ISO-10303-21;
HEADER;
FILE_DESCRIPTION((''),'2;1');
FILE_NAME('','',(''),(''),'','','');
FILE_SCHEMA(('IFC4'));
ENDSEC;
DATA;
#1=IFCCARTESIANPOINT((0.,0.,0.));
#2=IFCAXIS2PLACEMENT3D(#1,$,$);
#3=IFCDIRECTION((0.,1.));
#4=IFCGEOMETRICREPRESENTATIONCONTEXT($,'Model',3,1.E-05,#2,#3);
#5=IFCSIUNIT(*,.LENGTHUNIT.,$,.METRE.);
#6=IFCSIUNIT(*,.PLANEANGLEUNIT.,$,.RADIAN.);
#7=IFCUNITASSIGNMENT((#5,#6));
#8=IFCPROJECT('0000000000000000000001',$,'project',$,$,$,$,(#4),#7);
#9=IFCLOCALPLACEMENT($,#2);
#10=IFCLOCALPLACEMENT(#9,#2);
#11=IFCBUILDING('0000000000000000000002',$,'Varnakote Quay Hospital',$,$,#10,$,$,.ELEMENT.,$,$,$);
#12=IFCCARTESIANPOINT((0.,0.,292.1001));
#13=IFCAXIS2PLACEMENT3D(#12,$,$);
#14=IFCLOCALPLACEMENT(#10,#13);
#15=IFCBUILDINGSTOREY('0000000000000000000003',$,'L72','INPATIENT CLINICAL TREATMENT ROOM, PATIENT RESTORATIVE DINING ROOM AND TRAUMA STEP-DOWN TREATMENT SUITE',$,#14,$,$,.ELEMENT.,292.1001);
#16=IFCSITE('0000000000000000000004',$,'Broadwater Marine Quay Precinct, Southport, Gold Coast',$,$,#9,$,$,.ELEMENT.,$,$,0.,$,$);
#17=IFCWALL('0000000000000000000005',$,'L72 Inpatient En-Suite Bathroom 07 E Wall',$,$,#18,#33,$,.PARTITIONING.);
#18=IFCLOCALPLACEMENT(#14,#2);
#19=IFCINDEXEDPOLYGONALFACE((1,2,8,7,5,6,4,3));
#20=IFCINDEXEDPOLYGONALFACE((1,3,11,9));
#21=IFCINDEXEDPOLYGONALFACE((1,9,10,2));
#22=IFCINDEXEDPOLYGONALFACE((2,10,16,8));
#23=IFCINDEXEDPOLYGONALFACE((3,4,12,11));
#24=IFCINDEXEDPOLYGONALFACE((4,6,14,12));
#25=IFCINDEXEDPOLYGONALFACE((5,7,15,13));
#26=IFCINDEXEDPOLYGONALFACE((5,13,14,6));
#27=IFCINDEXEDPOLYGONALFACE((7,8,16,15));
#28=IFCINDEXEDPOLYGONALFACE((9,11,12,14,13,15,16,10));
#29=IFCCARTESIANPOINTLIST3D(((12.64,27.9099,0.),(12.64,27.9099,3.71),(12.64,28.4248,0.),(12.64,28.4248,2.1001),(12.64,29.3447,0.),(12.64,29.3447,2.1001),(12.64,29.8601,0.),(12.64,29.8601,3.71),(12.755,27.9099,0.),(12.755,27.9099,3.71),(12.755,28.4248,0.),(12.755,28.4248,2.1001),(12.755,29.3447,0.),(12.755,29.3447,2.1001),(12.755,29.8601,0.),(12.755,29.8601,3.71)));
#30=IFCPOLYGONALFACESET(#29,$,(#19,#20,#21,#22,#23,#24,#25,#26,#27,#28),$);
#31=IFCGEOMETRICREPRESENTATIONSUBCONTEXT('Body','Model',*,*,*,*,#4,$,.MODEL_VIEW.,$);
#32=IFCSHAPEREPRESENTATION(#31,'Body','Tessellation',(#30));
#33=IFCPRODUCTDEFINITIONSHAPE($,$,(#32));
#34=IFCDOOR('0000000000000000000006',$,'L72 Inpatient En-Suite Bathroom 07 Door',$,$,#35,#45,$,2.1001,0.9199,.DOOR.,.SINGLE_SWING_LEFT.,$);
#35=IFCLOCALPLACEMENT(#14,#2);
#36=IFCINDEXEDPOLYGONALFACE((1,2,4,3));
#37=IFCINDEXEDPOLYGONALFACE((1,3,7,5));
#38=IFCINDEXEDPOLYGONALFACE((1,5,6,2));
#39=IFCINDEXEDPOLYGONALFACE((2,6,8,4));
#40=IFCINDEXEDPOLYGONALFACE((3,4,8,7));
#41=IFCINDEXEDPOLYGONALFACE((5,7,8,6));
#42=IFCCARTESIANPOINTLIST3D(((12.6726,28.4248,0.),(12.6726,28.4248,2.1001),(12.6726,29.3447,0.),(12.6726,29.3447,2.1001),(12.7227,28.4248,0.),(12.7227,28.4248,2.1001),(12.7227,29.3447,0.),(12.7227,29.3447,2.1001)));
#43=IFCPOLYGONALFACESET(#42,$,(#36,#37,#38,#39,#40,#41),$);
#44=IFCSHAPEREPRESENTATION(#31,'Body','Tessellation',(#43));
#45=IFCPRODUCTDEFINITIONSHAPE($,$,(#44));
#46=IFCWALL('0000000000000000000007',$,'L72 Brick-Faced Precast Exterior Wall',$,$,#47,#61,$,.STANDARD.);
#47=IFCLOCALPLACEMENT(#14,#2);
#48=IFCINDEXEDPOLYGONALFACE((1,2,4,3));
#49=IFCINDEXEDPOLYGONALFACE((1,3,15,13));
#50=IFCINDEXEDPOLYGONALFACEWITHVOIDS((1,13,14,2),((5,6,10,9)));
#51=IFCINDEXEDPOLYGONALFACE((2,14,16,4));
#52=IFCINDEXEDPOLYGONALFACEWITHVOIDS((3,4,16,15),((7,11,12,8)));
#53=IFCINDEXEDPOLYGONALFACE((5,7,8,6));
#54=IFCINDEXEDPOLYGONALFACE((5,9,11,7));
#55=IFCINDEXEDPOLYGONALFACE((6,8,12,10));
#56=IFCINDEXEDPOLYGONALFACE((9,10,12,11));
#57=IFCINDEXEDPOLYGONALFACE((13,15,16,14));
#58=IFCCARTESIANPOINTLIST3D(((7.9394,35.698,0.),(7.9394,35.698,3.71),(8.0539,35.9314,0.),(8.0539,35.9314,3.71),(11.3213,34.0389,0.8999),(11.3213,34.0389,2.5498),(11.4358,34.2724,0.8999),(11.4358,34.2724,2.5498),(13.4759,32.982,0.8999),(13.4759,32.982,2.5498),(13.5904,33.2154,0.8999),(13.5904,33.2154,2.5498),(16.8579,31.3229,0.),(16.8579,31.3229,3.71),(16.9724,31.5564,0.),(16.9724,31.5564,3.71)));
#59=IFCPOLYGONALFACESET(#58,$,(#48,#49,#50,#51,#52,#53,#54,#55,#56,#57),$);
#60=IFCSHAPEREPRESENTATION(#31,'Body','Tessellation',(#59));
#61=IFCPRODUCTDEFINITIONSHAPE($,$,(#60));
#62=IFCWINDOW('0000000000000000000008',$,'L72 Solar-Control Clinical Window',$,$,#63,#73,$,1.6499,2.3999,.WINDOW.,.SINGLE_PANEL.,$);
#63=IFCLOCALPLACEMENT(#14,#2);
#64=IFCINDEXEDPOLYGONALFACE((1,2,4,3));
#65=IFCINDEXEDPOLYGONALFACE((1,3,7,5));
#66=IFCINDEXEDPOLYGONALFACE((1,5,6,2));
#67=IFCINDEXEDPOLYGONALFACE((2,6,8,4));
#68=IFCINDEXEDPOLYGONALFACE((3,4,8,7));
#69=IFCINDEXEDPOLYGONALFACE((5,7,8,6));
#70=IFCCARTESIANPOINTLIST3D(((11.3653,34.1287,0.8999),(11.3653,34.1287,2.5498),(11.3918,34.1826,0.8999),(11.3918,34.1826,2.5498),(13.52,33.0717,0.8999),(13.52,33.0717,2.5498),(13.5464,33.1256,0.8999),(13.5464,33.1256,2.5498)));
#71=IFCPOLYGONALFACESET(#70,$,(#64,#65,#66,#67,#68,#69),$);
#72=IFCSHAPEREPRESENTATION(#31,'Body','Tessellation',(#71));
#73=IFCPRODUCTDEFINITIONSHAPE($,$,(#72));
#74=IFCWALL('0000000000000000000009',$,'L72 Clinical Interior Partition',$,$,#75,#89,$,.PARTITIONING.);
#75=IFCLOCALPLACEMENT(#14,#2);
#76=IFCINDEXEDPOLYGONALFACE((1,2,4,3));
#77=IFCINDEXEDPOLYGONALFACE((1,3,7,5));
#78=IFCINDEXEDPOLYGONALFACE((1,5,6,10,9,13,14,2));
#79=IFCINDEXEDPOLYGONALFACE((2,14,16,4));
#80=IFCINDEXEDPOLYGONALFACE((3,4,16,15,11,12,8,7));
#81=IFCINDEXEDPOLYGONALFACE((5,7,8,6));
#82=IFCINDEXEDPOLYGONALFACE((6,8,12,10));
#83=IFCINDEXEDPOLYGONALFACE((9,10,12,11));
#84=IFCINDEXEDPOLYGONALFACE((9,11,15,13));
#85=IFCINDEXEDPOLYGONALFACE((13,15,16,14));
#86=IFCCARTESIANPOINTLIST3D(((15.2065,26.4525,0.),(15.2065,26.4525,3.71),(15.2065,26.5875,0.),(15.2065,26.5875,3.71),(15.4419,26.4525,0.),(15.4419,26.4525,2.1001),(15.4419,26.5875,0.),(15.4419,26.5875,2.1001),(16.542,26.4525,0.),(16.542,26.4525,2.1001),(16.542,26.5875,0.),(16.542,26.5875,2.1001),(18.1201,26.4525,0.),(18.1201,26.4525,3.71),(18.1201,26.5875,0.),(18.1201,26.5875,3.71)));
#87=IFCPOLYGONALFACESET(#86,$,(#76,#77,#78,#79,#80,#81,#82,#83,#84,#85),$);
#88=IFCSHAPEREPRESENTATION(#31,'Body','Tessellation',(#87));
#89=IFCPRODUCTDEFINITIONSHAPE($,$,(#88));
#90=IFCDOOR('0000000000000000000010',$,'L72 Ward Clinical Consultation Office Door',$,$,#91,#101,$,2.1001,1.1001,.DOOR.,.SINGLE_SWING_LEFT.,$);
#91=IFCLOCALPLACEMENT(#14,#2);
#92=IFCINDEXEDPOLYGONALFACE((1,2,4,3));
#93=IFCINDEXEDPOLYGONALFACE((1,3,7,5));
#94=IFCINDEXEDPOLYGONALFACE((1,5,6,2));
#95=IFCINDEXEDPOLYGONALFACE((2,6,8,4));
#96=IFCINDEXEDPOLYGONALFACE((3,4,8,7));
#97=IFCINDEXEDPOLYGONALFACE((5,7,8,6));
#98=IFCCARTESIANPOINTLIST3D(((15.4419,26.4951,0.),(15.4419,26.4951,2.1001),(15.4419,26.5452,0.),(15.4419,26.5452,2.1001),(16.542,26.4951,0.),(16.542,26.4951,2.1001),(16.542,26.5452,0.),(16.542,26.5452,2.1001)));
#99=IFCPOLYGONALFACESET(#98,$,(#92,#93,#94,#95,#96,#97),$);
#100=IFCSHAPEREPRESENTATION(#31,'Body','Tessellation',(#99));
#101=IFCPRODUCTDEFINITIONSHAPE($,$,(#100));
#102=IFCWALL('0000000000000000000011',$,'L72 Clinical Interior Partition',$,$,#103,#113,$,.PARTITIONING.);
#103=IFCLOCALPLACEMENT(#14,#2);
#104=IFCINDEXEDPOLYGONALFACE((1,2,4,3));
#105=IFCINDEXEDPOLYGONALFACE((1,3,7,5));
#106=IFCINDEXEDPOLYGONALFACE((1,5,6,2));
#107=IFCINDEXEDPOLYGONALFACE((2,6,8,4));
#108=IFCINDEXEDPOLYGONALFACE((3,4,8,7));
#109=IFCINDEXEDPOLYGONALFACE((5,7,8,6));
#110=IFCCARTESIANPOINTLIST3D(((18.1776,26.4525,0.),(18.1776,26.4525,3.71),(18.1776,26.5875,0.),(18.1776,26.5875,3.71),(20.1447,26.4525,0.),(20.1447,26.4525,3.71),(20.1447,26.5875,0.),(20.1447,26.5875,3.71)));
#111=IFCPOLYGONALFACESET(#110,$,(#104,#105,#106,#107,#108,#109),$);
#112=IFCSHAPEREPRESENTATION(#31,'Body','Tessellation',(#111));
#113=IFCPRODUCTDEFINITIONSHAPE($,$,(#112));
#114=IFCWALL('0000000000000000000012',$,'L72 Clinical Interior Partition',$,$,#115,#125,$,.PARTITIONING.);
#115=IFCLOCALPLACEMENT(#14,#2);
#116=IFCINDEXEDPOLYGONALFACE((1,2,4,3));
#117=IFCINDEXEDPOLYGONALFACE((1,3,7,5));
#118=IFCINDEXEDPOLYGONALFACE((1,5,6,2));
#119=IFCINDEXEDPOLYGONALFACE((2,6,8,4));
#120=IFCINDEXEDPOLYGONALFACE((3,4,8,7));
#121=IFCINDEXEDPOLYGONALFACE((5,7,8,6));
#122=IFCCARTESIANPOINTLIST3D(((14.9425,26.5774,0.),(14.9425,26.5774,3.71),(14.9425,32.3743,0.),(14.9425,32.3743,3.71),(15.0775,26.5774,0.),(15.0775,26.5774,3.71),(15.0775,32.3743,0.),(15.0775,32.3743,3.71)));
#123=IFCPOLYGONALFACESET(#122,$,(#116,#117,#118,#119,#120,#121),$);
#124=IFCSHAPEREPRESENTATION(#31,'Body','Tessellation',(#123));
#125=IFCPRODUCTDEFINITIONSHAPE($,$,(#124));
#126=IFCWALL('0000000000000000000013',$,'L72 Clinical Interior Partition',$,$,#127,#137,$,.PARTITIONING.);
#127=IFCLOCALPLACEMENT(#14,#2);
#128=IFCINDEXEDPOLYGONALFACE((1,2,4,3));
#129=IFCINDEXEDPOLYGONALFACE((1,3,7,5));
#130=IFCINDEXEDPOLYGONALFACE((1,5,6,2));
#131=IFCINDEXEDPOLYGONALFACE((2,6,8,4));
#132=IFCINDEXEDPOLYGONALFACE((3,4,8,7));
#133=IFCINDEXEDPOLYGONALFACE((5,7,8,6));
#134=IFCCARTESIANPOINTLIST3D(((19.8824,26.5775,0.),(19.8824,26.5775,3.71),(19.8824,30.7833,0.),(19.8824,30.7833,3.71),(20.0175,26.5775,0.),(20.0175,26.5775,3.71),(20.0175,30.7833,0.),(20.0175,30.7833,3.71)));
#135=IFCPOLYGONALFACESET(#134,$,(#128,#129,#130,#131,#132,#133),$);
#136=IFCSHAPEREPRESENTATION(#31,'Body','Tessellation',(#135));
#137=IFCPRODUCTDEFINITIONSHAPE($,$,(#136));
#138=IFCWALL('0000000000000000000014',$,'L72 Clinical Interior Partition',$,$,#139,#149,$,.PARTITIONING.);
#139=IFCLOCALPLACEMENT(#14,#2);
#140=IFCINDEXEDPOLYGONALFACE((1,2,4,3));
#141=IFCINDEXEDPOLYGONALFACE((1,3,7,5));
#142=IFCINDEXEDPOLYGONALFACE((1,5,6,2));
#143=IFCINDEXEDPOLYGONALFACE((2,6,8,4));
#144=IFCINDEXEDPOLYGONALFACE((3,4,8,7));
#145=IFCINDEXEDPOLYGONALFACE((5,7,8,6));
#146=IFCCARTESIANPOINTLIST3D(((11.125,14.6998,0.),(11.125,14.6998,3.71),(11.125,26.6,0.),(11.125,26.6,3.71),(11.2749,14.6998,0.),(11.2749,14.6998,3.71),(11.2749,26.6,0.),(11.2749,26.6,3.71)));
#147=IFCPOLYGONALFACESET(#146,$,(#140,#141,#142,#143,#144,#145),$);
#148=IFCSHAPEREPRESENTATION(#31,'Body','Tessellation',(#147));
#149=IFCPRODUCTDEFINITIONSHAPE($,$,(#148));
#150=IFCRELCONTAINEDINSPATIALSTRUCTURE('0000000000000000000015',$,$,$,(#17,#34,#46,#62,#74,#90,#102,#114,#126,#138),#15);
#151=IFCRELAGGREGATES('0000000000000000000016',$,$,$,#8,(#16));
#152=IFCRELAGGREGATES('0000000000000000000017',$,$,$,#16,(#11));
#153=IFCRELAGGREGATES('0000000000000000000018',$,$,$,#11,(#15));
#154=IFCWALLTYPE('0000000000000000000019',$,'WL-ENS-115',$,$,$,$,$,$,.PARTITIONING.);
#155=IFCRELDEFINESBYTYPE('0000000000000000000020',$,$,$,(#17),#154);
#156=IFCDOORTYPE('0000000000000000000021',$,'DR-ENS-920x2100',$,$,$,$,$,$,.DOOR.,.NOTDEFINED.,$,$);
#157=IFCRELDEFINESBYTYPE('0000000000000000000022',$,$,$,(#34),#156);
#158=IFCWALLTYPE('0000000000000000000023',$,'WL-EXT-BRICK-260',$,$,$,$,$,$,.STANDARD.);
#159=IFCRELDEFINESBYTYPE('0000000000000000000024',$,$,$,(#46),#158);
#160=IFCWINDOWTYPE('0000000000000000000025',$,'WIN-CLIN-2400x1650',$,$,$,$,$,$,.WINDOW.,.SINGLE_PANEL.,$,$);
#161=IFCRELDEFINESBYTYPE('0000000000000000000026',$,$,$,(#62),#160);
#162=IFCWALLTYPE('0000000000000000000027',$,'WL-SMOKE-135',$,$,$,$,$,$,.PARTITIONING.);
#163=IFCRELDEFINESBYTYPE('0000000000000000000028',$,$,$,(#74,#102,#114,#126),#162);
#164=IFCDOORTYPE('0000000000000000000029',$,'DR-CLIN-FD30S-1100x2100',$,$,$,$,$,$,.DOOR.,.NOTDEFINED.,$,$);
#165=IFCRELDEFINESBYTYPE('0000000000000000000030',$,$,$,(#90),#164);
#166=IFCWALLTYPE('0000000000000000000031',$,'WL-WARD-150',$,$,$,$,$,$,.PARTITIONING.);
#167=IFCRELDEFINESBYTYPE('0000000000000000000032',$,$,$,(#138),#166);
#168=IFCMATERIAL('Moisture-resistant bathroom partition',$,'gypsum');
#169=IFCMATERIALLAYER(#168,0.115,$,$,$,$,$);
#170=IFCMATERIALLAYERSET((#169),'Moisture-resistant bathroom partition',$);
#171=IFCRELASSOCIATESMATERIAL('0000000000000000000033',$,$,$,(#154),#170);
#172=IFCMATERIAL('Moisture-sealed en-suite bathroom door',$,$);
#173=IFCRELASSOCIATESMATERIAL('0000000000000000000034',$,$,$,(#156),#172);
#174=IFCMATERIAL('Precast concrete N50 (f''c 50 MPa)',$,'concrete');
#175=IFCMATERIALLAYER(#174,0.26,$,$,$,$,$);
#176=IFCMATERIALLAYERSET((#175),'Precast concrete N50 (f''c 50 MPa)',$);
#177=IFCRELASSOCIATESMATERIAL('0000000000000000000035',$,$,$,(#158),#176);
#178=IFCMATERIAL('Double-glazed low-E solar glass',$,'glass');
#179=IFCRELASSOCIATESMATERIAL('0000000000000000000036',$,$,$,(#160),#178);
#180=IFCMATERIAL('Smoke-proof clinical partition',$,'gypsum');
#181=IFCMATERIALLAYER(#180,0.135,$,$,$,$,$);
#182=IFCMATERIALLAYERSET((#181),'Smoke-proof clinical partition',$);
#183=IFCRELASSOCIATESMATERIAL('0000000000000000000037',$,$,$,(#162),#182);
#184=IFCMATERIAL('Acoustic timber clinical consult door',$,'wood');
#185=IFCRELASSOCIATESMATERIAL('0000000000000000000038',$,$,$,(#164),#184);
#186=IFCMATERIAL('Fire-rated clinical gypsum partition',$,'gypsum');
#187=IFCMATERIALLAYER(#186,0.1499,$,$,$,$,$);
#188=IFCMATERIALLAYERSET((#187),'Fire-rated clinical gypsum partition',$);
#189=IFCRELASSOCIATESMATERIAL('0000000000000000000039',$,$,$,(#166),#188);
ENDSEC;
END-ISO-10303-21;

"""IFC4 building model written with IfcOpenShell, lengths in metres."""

from ifc_helpers import new_model, si_unit, direction, frame, frame_2d, origin, place, context, subcontext, project, spatial, rectangle, extrude, material, layer, layer_set, type_object, element, fill, save


model = new_model("IFC4")

# Units and contexts
model_context = context("Model", 3, precision=1e-05, world=origin(), true_north=direction((0.0, 1.0)))
body_context = subcontext(model_context, "Body", "Model", "MODEL_VIEW")
ifc_project = project(units=[si_unit("LENGTHUNIT", "METRE"), si_unit("PLANEANGLEUNIT", "RADIAN")], contexts=[model_context])

# Site, building, storey
site_placement = place(None, origin())
site = spatial("IfcSite", under=ifc_project, at=site_placement, Name="Broadwater Marine Quay Precinct, Southport, Gold Coast", CompositionType="ELEMENT", RefElevation=0.0)
building_placement = place(site_placement, origin())
building = spatial("IfcBuilding", under=site, at=building_placement, Name="Varnakote Quay Hospital", CompositionType="ELEMENT")
storey_placement = place(building_placement, frame((0.0, 0.0, 292.1001)))
storey = spatial("IfcBuildingStorey", under=building, at=storey_placement, Name="L72", Description="INPATIENT CLINICAL TREATMENT ROOM, PATIENT RESTORATIVE DINING ROOM AND TRAUMA STEP-DOWN TREATMENT SUITE", CompositionType="ELEMENT", Elevation=292.1001)

# Shared definitions
ifc_material_1 = material(Name="Moisture-resistant bathroom partition", Category="gypsum")
ifc_layer_1 = layer(ifc_material_1, 0.115)
ifc_layer_set_1 = layer_set([ifc_layer_1], Name="Moisture-resistant bathroom partition")
wall_type_1 = type_object("IfcWallType", Name="WL-ENS-115", PredefinedType="PARTITIONING", material=ifc_layer_set_1)

# Wall, opening, door
wall_1_placement = place(storey_placement, frame((12.6975, 27.9099, 0.0), z_axis=(0.0, 0.0, 1.0), x_axis=(0.0, 1.0, 0.0)))
wall_1 = element("IfcWall", 1, at=wall_1_placement, inside=storey, type_object=wall_type_1, Name="L72 Inpatient En-Suite Bathroom 07 E Wall", PredefinedType="PARTITIONING", context=body_context, shape_type="SweptSolid", body=[
    extrude(rectangle(XDim=1.9502, YDim=0.115, at=frame_2d((0.9751, 0.0))), origin(), (0.0, 0.0, 1.0), 3.71),
])
opening_1_placement = place(wall_1_placement, frame((0.5149, 0.0, 0.0)))
opening_1 = element("IfcOpeningElement", 2, at=opening_1_placement, cuts=wall_1, PredefinedType="OPENING", context=body_context, shape_type="SweptSolid", body=[
    extrude(rectangle(XDim=0.9199, YDim=2.1001, at=frame_2d((0.46, 1.05))), frame((0.0, 0.0674, 0.0), z_axis=(0.0, -1.0, 0.0), x_axis=(1.0, 0.0, 0.0)), (0.0, 0.0, 1.0), 0.135),
])
ifc_material_2 = material(Name="Moisture-sealed en-suite bathroom door")
door_type_1 = type_object("IfcDoorType", Name="DR-ENS-920x2100", OperationType="NOTDEFINED", PredefinedType="DOOR", material=ifc_material_2)
door_1_placement = place(opening_1_placement, origin())
door_1 = element("IfcDoor", 3, at=door_1_placement, inside=storey, type_object=door_type_1, Name="L72 Inpatient En-Suite Bathroom 07 Door", OperationType="SINGLE_SWING_LEFT", OverallHeight=2.1001, OverallWidth=0.9199, PredefinedType="DOOR", context=body_context, shape_type="SweptSolid", body=[
    extrude(rectangle(XDim=0.9199, YDim=2.1001, at=frame_2d((0.46, 1.05))), frame((0.0, 0.0249, 0.0), z_axis=(0.0, -1.0, 0.0), x_axis=(1.0, 0.0, 0.0)), (0.0, 0.0, 1.0), 0.05),
])
fill(opening_1, door_1)

# Wall, opening, window
ifc_material_3 = material(Name="Precast concrete N50 (f'c 50 MPa)", Category="concrete")
ifc_layer_2 = layer(ifc_material_3, 0.26)
ifc_layer_set_2 = layer_set([ifc_layer_2], Name="Precast concrete N50 (f'c 50 MPa)")
wall_type_2 = type_object("IfcWallType", Name="WL-EXT-BRICK-260", PredefinedType="STANDARD", material=ifc_layer_set_2)
wall_2_placement = place(storey_placement, frame((16.915, 31.4397, 0.0), z_axis=(0.0, 0.0, 1.0), x_axis=(-0.897793, 0.440418, 0.0)))
wall_2 = element("IfcWall", 4, at=wall_2_placement, inside=storey, type_object=wall_type_2, Name="L72 Brick-Faced Precast Exterior Wall", PredefinedType="STANDARD", context=body_context, shape_type="SweptSolid", body=[
    extrude(rectangle(XDim=9.9338, YDim=0.26, at=frame_2d((4.9668, 0.0))), origin(), (0.0, 0.0, 1.0), 3.71),
])
opening_2_placement = place(wall_2_placement, frame((3.7668, 0.0, 0.8999)))
opening_2 = element("IfcOpeningElement", 5, at=opening_2_placement, cuts=wall_2, PredefinedType="OPENING", context=body_context, shape_type="SweptSolid", body=[
    extrude(rectangle(XDim=2.3999, YDim=1.6499, at=frame_2d((1.2, 0.825))), frame((0.0, 0.1399, 0.0), z_axis=(0.0, -1.0, 0.0), x_axis=(1.0, 0.0, 0.0)), (0.0, 0.0, 1.0), 0.28),
])
ifc_material_4 = material(Name="Double-glazed low-E solar glass", Category="glass")
window_type = type_object("IfcWindowType", Name="WIN-CLIN-2400x1650", PartitioningType="SINGLE_PANEL", PredefinedType="WINDOW", material=ifc_material_4)
window_placement = place(opening_2_placement, origin())
window = element("IfcWindow", 6, at=window_placement, inside=storey, type_object=window_type, Name="L72 Solar-Control Clinical Window", OverallHeight=1.6499, OverallWidth=2.3999, PartitioningType="SINGLE_PANEL", PredefinedType="WINDOW", context=body_context, shape_type="SweptSolid", body=[
    extrude(rectangle(XDim=2.3999, YDim=1.6499, at=frame_2d((1.2, 0.825))), frame((0.0, 0.03, 0.0), z_axis=(0.0, -1.0, 0.0), x_axis=(1.0, 0.0, 0.0)), (0.0, 0.0, 1.0), 0.0601),
])
fill(opening_2, window)

# Wall, opening, door
ifc_material_5 = material(Name="Smoke-proof clinical partition", Category="gypsum")
ifc_layer_3 = layer(ifc_material_5, 0.135)
ifc_layer_set_3 = layer_set([ifc_layer_3], Name="Smoke-proof clinical partition")
wall_type_3 = type_object("IfcWallType", Name="WL-SMOKE-135", PredefinedType="PARTITIONING", material=ifc_layer_set_3)
wall_3_placement = place(storey_placement, frame((18.1201, 26.52, 0.0), z_axis=(0.0, 0.0, 1.0), x_axis=(-1.0, 0.0, 0.0)))
wall_3 = element("IfcWall", 7, at=wall_3_placement, inside=storey, type_object=wall_type_3, Name="L72 Clinical Interior Partition", PredefinedType="PARTITIONING", context=body_context, shape_type="SweptSolid", body=[
    extrude(rectangle(XDim=2.9136, YDim=0.135, at=frame_2d((1.4568, 0.0))), origin(), (0.0, 0.0, 1.0), 3.71),
])
opening_3_placement = place(wall_3_placement, frame((1.5781, 0.0, 0.0)))
opening_3 = element("IfcOpeningElement", 8, at=opening_3_placement, cuts=wall_3, PredefinedType="OPENING", context=body_context, shape_type="SweptSolid", body=[
    extrude(rectangle(XDim=1.1001, YDim=2.1001, at=frame_2d((0.55, 1.05))), frame((0.0, 0.0774, 0.0), z_axis=(0.0, -1.0, 0.0), x_axis=(1.0, 0.0, 0.0)), (0.0, 0.0, 1.0), 0.155),
])
ifc_material_6 = material(Name="Acoustic timber clinical consult door", Category="wood")
door_type_2 = type_object("IfcDoorType", Name="DR-CLIN-FD30S-1100x2100", OperationType="NOTDEFINED", PredefinedType="DOOR", material=ifc_material_6)
door_2_placement = place(opening_3_placement, origin())
door_2 = element("IfcDoor", 9, at=door_2_placement, inside=storey, type_object=door_type_2, Name="L72 Ward Clinical Consultation Office Door", OperationType="SINGLE_SWING_LEFT", OverallHeight=2.1001, OverallWidth=1.1001, PredefinedType="DOOR", context=body_context, shape_type="SweptSolid", body=[
    extrude(rectangle(XDim=1.1001, YDim=2.1001, at=frame_2d((0.55, 1.05))), frame((0.0, 0.0249, 0.0), z_axis=(0.0, -1.0, 0.0), x_axis=(1.0, 0.0, 0.0)), (0.0, 0.0, 1.0), 0.05),
])
fill(opening_3, door_2)

# Walls
wall_4_placement = place(storey_placement, frame((20.1445, 26.52, 0.0), z_axis=(0.0, 0.0, 1.0), x_axis=(-1.0, 0.0, 0.0)))
element("IfcWall", 10, at=wall_4_placement, inside=storey, type_object=wall_type_3, Name="L72 Clinical Interior Partition", PredefinedType="PARTITIONING", context=body_context, shape_type="SweptSolid", body=[
    extrude(rectangle(XDim=1.967, YDim=0.135, at=frame_2d((0.9834, 0.0))), origin(), (0.0, 0.0, 1.0), 3.71),
])
wall_5_placement = place(storey_placement, frame((15.01, 26.5774, 0.0), z_axis=(0.0, 0.0, 1.0), x_axis=(0.0, 1.0, 0.0)))
element("IfcWall", 11, at=wall_5_placement, inside=storey, type_object=wall_type_3, Name="L72 Clinical Interior Partition", PredefinedType="PARTITIONING", context=body_context, shape_type="SweptSolid", body=[
    extrude(rectangle(XDim=5.7969, YDim=0.135, at=frame_2d((2.8984, 0.0))), origin(), (0.0, 0.0, 1.0), 3.71),
])
wall_6_placement = place(storey_placement, frame((19.95, 26.5774, 0.0), z_axis=(0.0, 0.0, 1.0), x_axis=(0.0, 1.0, 0.0)))
element("IfcWall", 12, at=wall_6_placement, inside=storey, type_object=wall_type_3, Name="L72 Clinical Interior Partition", PredefinedType="PARTITIONING", context=body_context, shape_type="SweptSolid", body=[
    extrude(rectangle(XDim=4.2058, YDim=0.135, at=frame_2d((2.103, 0.0))), origin(), (0.0, 0.0, 1.0), 3.71),
])
ifc_material_7 = material(Name="Fire-rated clinical gypsum partition", Category="gypsum")
ifc_layer_4 = layer(ifc_material_7, 0.1499)
ifc_layer_set_4 = layer_set([ifc_layer_4], Name="Fire-rated clinical gypsum partition")
wall_type_4 = type_object("IfcWallType", Name="WL-WARD-150", PredefinedType="PARTITIONING", material=ifc_layer_set_4)
wall_7_placement = place(storey_placement, frame((11.2, 26.6001, 0.0), z_axis=(0.0, 0.0, 1.0), x_axis=(0.0, -1.0, 0.0)))
element("IfcWall", 13, at=wall_7_placement, inside=storey, type_object=wall_type_4, Name="L72 Clinical Interior Partition", PredefinedType="PARTITIONING", context=body_context, shape_type="SweptSolid", body=[
    extrude(rectangle(XDim=11.9001, YDim=0.1499, at=frame_2d((5.9502, 0.0))), origin(), (0.0, 0.0, 1.0), 3.71),
])

save(model, "model.ifc")
